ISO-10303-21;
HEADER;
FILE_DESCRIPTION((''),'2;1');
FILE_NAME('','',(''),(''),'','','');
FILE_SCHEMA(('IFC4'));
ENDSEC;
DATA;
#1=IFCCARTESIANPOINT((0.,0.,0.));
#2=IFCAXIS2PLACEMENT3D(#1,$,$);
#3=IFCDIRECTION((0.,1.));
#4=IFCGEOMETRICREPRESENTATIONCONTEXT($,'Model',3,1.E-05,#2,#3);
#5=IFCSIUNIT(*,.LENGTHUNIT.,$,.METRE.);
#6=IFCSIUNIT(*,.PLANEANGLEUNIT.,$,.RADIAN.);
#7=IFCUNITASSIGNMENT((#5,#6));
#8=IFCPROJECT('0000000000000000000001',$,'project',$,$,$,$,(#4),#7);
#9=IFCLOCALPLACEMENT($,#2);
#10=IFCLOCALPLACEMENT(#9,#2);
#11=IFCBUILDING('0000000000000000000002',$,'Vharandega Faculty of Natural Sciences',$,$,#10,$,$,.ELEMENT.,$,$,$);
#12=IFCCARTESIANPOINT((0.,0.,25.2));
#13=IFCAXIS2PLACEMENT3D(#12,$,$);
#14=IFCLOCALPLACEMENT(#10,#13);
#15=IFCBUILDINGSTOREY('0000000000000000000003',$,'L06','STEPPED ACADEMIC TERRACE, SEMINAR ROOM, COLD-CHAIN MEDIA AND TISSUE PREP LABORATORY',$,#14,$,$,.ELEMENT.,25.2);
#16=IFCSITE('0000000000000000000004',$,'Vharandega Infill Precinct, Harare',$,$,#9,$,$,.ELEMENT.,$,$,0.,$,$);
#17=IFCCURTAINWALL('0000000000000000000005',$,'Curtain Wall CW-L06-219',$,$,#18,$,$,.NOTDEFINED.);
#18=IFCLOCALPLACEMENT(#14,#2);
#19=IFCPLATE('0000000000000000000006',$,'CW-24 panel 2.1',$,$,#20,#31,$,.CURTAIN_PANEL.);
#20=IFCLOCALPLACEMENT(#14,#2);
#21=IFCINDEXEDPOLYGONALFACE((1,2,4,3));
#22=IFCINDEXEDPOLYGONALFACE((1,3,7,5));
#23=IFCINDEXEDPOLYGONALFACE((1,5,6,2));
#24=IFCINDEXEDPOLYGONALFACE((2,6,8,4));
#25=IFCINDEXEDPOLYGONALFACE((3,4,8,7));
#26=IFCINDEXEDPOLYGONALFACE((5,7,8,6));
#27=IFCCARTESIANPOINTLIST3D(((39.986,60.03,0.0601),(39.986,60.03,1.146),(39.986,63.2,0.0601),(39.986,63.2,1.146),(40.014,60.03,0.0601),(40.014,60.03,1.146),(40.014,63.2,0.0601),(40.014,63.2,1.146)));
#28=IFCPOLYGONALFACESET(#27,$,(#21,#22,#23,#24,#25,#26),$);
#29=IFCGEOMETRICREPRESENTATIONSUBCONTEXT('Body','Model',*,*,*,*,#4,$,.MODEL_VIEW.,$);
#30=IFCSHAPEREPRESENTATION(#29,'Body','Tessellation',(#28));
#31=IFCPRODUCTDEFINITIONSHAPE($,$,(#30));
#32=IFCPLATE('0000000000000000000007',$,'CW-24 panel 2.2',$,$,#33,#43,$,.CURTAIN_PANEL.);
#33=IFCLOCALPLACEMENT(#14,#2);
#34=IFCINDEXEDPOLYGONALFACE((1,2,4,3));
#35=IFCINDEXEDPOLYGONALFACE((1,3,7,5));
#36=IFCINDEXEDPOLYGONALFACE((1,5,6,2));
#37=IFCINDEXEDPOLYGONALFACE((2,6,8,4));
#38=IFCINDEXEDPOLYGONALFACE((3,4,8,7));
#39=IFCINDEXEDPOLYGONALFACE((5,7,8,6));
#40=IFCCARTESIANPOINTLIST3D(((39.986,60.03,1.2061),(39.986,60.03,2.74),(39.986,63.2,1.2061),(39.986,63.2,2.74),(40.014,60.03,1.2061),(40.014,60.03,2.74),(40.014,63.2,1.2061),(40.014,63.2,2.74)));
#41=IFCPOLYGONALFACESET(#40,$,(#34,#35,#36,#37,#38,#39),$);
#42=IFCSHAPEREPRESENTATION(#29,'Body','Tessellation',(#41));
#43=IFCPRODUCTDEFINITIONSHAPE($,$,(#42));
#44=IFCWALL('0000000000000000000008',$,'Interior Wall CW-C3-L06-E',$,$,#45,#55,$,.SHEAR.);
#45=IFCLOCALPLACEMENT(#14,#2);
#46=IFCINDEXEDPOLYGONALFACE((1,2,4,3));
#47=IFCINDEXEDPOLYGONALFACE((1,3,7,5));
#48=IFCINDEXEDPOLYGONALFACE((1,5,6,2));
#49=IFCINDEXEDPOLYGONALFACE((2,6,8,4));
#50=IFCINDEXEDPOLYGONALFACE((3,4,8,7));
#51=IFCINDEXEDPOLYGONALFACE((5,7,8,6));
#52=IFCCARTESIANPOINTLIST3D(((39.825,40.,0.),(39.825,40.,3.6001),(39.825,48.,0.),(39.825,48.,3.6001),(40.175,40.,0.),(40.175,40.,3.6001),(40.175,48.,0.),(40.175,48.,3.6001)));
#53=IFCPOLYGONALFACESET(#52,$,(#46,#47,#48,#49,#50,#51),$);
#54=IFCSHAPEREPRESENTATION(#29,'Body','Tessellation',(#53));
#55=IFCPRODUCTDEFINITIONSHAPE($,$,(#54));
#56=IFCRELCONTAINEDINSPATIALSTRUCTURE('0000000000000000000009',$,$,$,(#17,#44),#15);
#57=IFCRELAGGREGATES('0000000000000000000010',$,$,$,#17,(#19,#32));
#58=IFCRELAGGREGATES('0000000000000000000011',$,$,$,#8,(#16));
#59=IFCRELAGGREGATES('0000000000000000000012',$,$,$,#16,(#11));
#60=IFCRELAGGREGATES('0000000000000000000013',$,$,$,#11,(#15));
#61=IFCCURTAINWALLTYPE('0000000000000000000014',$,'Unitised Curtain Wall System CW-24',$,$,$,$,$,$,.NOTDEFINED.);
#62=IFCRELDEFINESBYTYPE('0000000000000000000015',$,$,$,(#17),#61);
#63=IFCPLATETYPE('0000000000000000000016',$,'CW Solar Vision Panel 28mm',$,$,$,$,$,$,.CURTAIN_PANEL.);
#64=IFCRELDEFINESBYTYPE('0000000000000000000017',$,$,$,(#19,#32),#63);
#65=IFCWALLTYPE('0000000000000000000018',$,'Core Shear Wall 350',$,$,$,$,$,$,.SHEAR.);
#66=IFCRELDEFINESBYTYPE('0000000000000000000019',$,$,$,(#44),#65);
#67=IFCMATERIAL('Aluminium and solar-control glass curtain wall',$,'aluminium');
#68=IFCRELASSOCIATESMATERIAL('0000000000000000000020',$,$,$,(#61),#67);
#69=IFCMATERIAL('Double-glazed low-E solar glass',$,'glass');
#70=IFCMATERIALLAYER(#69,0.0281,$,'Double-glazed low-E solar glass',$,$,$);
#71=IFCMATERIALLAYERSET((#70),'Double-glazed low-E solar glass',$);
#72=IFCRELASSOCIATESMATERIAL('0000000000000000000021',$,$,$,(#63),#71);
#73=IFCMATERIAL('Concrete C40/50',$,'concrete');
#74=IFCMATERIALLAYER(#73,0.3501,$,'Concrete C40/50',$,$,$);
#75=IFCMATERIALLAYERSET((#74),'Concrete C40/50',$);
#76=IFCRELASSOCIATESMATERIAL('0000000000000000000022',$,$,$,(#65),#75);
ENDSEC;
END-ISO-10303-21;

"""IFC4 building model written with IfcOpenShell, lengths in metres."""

from ifc_helpers import new_model, si_unit, direction, frame, frame_2d, origin, origin_2d, place, context, subcontext, project, spatial, rectangle, extrude, material, layer, layer_set, type_object, element, aggregate, save


model = new_model("IFC4")

# Units and contexts
model_context = context("Model", 3, precision=1e-05, world=origin(), true_north=direction((0.0, 1.0)))
body_context = subcontext(model_context, "Body", "Model", "MODEL_VIEW")
ifc_project = project(units=[si_unit("LENGTHUNIT", "METRE"), si_unit("PLANEANGLEUNIT", "RADIAN")], contexts=[model_context])

# Site, building, storey
site_placement = place(None, origin())
site = spatial("IfcSite", under=ifc_project, at=site_placement, Name="Vharandega Infill Precinct, Harare", CompositionType="ELEMENT", RefElevation=0.0)
building_placement = place(site_placement, origin())
building = spatial("IfcBuilding", under=site, at=building_placement, Name="Vharandega Faculty of Natural Sciences", CompositionType="ELEMENT")
storey_placement = place(building_placement, frame((0.0, 0.0, 25.2)))
storey = spatial("IfcBuildingStorey", under=building, at=storey_placement, Name="L06", Description="STEPPED ACADEMIC TERRACE, SEMINAR ROOM, COLD-CHAIN MEDIA AND TISSUE PREP LABORATORY", CompositionType="ELEMENT", Elevation=25.2)

# Curtain wall
ifc_material_1 = material(Name="Aluminium and solar-control glass curtain wall", Category="aluminium")
curtain_wall_type = type_object("IfcCurtainWallType", Name="Unitised Curtain Wall System CW-24", PredefinedType="NOTDEFINED", material=ifc_material_1)
curtain_wall_placement = place(storey_placement, origin())
curtain_wall = element("IfcCurtainWall", 1, at=curtain_wall_placement, inside=storey, type_object=curtain_wall_type, Name="Curtain Wall CW-L06-219", PredefinedType="NOTDEFINED")

# Plates
ifc_material_2 = material(Name="Double-glazed low-E solar glass", Category="glass")
ifc_layer_1 = layer(ifc_material_2, 0.0281, Name="Double-glazed low-E solar glass")
ifc_layer_set_1 = layer_set([ifc_layer_1], Name="Double-glazed low-E solar glass")
plate_type = type_object("IfcPlateType", Name="CW Solar Vision Panel 28mm", PredefinedType="CURTAIN_PANEL", material=ifc_layer_set_1)
plate_1_placement = place(storey_placement, frame((40.0, 61.615, 0.0601), z_axis=(0.0, 0.0, 1.0), x_axis=(0.0, 1.0, 0.0)))
plate_1 = element("IfcPlate", 2, at=plate_1_placement, type_object=plate_type, Name="CW-24 panel 2.1", PredefinedType="CURTAIN_PANEL", context=body_context, shape_type="SweptSolid", body=[
    extrude(rectangle(XDim=3.1699, YDim=0.0281, at=origin_2d()), origin(), (0.0, 0.0, 1.0), 1.0859),
])
plate_2_placement = place(storey_placement, frame((40.0, 61.615, 1.2061), z_axis=(0.0, 0.0, 1.0), x_axis=(0.0, 1.0, 0.0)))
plate_2 = element("IfcPlate", 3, at=plate_2_placement, type_object=plate_type, Name="CW-24 panel 2.2", PredefinedType="CURTAIN_PANEL", context=body_context, shape_type="SweptSolid", body=[
    extrude(rectangle(XDim=3.1699, YDim=0.0281, at=origin_2d()), origin(), (0.0, 0.0, 1.0), 1.5339),
])
aggregate(curtain_wall, [plate_1, plate_2])

# Wall
ifc_material_3 = material(Name="Concrete C40/50", Category="concrete")
ifc_layer_2 = layer(ifc_material_3, 0.3501, Name="Concrete C40/50")
ifc_layer_set_2 = layer_set([ifc_layer_2], Name="Concrete C40/50")
wall_type = type_object("IfcWallType", Name="Core Shear Wall 350", PredefinedType="SHEAR", material=ifc_layer_set_2)
wall_placement = place(storey_placement, frame((40.0, 40.0, 0.0), z_axis=(0.0, 0.0, 1.0), x_axis=(0.0, 1.0, 0.0)))
element("IfcWall", 4, at=wall_placement, inside=storey, type_object=wall_type, Name="Interior Wall CW-C3-L06-E", PredefinedType="SHEAR", context=body_context, shape_type="SweptSolid", body=[
    extrude(rectangle(XDim=8.0, YDim=0.3501, at=frame_2d((4.0, 0.0))), origin(), (0.0, 0.0, 1.0), 3.6001),
])

save(model, "model.ifc")
